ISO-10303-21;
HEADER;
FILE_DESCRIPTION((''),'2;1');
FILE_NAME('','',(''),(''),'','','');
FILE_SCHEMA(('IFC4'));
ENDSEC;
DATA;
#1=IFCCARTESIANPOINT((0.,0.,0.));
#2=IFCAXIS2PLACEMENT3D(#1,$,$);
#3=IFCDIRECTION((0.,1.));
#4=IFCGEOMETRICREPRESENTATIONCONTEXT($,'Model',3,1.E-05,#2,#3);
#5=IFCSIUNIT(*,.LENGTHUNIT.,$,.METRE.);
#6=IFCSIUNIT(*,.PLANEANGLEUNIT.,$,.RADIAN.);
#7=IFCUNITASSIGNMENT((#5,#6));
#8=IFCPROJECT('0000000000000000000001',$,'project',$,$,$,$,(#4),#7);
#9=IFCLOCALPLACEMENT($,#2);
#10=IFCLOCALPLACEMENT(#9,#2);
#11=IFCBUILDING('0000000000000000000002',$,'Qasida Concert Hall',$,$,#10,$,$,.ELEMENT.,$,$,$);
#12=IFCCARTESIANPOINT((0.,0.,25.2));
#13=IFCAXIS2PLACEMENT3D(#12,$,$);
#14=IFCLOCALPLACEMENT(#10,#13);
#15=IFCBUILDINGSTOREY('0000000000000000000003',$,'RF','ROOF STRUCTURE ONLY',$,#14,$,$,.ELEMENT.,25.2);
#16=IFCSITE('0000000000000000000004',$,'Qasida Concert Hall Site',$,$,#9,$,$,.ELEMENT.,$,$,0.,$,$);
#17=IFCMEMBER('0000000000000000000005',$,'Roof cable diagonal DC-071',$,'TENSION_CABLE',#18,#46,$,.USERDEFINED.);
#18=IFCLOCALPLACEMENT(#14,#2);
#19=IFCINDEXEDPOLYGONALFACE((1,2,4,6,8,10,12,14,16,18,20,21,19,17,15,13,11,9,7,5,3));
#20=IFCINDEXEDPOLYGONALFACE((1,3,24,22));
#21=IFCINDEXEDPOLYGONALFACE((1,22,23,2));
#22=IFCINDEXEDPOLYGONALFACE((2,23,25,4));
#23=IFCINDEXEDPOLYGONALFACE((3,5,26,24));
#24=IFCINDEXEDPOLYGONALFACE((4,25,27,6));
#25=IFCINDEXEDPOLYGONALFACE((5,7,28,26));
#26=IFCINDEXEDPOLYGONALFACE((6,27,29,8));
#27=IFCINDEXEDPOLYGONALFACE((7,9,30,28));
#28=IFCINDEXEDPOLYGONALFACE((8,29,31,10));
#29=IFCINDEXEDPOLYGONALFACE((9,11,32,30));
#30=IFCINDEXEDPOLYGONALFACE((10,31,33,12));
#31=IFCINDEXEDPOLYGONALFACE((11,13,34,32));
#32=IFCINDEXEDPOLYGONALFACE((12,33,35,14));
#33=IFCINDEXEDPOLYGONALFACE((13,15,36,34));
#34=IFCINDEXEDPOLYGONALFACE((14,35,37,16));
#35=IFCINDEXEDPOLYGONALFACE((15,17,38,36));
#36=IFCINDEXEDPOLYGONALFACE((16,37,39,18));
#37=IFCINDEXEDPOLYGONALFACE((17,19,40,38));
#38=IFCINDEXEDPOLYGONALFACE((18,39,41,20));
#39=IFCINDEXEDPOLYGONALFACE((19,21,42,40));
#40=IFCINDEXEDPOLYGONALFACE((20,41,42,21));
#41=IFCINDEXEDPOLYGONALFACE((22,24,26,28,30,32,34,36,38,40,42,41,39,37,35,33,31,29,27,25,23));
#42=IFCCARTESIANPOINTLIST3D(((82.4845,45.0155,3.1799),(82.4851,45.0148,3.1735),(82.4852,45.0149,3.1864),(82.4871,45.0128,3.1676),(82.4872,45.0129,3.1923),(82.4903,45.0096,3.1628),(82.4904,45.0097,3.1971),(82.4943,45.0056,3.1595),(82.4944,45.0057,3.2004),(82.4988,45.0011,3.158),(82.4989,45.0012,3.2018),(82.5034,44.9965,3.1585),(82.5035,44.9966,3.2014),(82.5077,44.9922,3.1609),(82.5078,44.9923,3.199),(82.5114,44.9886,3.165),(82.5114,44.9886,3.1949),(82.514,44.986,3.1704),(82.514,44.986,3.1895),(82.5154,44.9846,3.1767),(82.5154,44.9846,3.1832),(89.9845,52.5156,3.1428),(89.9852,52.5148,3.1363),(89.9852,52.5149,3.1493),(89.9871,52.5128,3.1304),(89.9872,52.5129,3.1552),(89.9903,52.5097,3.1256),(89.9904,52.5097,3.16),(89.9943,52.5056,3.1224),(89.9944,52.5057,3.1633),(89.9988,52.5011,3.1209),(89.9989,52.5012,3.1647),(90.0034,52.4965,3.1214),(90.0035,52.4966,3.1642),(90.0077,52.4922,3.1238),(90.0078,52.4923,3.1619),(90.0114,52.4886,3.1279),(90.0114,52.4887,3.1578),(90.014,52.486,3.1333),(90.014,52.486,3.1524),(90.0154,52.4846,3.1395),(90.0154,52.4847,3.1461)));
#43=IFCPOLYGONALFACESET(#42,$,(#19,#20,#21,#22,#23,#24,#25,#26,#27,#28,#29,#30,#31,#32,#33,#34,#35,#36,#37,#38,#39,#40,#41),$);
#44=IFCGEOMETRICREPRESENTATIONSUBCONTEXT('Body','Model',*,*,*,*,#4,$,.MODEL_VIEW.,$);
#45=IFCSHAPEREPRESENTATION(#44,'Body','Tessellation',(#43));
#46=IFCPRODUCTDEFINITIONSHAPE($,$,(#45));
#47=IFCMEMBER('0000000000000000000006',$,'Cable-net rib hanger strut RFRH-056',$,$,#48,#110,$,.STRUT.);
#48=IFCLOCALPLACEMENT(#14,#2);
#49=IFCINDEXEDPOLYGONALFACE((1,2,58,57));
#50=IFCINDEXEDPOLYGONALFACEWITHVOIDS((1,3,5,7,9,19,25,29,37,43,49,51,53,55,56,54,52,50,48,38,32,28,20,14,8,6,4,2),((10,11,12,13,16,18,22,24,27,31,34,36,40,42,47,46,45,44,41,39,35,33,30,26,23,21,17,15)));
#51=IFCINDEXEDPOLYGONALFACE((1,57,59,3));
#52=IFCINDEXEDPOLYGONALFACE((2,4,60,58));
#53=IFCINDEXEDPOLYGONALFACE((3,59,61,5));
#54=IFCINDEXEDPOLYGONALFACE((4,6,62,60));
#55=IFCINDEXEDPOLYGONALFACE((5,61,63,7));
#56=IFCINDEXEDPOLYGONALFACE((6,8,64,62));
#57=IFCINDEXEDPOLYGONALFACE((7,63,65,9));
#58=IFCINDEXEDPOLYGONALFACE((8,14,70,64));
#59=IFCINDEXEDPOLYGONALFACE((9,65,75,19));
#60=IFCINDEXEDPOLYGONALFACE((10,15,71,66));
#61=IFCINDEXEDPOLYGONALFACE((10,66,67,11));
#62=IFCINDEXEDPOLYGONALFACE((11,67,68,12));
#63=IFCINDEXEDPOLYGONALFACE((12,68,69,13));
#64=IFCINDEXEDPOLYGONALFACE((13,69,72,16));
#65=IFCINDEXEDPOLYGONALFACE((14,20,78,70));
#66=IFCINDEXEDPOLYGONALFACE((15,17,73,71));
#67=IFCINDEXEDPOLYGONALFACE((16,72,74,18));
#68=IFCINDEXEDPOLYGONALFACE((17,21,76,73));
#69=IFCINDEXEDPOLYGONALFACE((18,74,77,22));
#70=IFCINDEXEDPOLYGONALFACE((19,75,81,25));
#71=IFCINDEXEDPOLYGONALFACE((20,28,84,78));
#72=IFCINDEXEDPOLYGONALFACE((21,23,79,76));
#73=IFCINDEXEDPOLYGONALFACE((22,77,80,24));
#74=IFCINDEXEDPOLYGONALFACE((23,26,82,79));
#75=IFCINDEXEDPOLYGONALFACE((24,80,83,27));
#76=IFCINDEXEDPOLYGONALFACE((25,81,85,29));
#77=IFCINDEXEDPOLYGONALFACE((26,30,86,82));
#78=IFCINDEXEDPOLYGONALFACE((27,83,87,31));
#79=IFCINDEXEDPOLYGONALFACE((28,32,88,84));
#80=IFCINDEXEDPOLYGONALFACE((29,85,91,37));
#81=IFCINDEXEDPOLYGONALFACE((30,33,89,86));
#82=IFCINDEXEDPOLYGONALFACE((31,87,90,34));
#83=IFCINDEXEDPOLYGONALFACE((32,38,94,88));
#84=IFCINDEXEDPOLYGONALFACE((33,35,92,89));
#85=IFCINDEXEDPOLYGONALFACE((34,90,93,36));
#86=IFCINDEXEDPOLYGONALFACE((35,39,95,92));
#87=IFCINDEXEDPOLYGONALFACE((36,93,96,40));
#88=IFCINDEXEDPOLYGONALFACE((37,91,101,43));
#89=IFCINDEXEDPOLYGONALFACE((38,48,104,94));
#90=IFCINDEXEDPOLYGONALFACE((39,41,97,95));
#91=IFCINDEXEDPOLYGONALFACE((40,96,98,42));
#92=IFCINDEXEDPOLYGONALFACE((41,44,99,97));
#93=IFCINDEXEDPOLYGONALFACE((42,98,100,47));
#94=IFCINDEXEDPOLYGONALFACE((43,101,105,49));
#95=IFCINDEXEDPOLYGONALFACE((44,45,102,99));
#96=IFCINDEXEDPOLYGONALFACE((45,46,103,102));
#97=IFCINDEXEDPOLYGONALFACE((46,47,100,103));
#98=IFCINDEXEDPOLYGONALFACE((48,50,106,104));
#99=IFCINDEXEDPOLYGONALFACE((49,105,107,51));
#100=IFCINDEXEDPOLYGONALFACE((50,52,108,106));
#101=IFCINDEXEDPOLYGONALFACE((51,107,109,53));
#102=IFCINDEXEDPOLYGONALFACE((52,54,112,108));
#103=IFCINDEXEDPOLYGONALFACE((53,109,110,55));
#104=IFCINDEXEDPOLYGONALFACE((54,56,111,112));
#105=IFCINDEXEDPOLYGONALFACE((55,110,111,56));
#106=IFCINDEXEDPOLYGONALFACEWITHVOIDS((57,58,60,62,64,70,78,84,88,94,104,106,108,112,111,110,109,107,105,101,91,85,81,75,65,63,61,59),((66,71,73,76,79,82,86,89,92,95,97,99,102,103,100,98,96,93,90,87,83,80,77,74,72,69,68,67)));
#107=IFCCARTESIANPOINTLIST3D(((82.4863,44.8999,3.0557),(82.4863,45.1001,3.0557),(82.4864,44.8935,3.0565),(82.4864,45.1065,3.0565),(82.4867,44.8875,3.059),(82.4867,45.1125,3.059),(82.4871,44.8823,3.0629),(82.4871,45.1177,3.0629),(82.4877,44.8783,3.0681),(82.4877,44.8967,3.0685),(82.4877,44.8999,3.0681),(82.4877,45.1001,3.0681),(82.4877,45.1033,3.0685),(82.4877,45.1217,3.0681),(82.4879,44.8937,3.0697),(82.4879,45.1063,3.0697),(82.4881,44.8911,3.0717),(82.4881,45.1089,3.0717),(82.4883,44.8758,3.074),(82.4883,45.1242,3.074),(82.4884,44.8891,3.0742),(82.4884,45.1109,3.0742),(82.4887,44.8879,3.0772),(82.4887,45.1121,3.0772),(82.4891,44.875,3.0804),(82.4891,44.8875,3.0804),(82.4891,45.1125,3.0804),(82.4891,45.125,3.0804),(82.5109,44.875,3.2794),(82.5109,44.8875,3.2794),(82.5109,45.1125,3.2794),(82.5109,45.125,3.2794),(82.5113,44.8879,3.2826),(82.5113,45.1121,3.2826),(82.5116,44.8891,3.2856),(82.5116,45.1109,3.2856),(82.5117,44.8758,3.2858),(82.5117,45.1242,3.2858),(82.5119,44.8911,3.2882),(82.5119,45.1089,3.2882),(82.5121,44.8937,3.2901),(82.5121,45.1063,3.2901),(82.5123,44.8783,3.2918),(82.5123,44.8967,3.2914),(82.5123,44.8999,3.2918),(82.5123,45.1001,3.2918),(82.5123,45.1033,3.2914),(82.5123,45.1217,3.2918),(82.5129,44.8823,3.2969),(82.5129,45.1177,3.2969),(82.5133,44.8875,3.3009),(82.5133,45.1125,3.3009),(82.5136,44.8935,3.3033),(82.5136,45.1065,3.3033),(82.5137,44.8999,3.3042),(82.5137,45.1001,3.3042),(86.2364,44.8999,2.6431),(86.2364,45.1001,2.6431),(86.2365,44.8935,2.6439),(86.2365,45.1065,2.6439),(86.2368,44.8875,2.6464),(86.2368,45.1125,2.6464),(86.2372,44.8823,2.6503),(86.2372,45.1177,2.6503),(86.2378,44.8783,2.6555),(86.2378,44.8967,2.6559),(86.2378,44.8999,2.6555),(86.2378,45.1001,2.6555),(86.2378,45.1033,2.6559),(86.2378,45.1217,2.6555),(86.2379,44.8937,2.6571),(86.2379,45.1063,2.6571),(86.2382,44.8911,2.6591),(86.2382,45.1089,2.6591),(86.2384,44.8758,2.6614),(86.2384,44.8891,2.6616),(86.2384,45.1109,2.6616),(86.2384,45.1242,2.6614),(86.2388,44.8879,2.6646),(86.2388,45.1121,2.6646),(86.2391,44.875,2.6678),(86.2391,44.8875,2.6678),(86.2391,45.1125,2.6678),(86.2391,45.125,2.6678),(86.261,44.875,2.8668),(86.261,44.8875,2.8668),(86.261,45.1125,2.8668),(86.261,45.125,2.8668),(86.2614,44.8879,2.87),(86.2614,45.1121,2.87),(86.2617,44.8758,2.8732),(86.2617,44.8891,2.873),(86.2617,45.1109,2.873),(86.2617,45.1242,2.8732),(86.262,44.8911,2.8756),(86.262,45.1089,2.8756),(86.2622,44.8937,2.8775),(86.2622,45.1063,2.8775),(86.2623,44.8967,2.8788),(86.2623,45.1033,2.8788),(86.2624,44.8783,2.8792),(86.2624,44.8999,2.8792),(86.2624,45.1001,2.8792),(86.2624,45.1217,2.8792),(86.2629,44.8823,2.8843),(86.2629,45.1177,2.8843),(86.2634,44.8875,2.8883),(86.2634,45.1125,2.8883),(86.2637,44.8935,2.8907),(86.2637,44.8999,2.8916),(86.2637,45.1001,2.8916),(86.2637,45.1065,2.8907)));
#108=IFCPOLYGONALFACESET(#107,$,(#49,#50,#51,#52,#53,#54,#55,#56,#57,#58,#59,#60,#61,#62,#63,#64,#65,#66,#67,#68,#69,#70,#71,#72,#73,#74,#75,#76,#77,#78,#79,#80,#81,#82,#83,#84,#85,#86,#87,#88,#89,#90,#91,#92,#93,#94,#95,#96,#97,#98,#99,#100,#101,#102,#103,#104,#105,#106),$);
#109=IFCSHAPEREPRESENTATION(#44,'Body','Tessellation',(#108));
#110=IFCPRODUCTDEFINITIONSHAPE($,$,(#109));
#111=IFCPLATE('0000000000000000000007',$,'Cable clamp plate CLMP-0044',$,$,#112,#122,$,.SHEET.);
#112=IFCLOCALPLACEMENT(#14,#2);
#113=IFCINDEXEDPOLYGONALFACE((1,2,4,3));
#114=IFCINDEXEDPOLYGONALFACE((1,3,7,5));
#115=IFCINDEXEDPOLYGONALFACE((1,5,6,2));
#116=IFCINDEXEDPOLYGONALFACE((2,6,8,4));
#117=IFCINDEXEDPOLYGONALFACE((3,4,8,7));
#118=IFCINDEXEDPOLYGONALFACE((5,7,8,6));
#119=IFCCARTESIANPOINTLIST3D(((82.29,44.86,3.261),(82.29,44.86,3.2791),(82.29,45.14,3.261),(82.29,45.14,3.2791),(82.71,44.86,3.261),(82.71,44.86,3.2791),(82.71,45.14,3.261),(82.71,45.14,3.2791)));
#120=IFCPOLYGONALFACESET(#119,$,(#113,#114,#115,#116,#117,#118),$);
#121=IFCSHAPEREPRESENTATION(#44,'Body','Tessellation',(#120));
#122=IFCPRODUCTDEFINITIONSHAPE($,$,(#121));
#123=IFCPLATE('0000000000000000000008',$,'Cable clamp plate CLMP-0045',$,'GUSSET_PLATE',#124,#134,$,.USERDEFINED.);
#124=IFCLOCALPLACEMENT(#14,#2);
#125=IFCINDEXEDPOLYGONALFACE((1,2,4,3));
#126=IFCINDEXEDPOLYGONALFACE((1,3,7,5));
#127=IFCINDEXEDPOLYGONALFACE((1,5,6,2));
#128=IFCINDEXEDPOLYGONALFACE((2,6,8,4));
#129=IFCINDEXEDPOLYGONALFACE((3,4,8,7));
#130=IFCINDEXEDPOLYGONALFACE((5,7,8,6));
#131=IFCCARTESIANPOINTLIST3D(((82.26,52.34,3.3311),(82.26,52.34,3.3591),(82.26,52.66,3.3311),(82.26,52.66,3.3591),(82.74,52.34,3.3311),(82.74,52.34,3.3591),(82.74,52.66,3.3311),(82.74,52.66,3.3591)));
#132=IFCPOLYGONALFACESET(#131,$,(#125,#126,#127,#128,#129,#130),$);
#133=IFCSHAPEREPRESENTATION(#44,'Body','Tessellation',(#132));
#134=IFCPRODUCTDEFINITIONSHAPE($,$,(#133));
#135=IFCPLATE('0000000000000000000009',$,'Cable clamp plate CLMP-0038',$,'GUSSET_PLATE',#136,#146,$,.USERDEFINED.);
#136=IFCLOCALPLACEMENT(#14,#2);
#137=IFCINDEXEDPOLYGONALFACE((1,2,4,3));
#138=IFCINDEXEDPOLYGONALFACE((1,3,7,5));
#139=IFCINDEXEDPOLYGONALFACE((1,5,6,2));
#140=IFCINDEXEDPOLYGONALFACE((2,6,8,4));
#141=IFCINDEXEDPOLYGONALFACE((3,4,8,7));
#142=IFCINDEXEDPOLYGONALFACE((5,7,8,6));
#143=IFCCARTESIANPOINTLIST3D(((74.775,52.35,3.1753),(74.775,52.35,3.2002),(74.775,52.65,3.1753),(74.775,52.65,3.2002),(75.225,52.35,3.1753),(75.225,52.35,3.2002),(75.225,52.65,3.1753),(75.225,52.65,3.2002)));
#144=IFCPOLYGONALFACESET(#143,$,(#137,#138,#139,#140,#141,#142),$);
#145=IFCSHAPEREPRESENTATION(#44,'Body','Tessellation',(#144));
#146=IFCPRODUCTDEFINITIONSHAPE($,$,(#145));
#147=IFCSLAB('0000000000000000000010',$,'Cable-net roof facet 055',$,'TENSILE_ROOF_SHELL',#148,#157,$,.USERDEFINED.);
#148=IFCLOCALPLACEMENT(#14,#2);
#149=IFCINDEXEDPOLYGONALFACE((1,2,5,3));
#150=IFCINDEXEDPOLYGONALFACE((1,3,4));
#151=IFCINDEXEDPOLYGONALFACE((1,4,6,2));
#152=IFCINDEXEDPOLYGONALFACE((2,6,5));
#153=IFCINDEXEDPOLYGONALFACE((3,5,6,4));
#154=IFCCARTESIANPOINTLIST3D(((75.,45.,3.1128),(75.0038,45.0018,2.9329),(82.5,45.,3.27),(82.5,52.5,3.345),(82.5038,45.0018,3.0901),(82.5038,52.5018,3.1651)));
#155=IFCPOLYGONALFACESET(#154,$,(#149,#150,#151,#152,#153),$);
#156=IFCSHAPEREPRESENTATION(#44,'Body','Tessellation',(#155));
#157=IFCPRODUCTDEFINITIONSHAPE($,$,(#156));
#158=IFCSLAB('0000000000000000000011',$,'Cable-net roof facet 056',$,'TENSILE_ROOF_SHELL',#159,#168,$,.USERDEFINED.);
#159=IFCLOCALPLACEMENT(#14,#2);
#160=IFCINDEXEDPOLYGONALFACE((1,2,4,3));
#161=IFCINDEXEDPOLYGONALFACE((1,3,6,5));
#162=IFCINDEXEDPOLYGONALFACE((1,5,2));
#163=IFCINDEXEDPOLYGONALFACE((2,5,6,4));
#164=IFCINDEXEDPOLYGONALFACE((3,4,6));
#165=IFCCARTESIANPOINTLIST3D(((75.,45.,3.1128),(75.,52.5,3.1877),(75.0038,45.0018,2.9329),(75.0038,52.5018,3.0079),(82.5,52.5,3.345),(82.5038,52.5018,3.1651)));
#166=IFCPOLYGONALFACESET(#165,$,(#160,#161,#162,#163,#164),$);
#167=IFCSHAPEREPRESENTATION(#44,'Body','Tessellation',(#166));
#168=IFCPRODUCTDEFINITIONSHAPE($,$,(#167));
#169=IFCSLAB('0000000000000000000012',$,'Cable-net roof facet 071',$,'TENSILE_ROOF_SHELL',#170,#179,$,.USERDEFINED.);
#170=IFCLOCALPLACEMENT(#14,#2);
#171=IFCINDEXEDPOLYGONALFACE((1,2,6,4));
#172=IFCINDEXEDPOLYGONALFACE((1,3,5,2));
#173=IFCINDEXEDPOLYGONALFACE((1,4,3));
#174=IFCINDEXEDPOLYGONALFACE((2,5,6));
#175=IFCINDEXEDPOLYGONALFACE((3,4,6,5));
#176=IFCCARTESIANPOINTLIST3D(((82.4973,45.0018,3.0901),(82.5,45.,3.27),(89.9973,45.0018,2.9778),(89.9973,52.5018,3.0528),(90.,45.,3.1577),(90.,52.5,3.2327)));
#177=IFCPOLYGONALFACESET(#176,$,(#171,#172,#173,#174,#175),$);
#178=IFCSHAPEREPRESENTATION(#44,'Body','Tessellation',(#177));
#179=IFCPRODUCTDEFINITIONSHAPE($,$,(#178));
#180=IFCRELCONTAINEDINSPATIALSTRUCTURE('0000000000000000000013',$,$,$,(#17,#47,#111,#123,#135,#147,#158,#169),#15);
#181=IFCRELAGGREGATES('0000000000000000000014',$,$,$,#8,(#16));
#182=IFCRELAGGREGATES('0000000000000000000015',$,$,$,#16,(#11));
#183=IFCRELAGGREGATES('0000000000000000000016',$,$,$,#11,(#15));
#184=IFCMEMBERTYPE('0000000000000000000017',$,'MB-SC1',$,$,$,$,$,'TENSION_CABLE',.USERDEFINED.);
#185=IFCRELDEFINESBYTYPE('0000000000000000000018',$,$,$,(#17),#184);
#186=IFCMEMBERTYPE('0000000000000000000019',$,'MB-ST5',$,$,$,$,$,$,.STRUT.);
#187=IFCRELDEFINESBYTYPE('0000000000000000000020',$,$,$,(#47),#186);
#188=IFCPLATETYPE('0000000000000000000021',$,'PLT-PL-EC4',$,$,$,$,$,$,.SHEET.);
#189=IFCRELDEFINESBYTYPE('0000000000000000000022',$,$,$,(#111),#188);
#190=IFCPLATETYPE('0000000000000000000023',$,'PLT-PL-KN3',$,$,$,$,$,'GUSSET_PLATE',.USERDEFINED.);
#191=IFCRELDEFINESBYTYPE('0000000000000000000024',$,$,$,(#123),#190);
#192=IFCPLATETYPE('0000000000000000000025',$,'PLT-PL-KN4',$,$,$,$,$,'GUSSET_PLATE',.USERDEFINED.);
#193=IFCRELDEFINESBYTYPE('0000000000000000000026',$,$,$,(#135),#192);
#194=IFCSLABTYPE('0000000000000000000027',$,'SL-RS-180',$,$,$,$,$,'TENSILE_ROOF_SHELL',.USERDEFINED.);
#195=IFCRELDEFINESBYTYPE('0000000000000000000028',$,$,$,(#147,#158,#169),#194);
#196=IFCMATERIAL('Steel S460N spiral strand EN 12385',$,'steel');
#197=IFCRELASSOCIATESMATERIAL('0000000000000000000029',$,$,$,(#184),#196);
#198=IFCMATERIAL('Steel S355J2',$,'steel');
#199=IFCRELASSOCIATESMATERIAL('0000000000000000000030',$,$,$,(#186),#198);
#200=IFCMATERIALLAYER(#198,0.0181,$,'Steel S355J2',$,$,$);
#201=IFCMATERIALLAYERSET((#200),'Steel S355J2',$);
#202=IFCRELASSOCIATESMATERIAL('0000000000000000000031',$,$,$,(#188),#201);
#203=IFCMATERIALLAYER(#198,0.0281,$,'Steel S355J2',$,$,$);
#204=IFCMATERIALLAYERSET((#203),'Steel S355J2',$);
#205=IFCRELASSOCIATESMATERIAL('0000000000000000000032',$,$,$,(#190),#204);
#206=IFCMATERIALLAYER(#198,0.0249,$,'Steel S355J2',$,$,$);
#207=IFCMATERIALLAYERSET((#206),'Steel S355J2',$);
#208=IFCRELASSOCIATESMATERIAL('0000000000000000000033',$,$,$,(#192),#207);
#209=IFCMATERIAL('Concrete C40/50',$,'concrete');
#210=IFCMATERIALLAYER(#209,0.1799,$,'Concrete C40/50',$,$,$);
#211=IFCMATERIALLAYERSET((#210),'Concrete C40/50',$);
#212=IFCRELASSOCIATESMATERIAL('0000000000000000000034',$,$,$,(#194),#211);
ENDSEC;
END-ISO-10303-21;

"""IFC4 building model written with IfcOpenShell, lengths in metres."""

from ifc_helpers import new_model, si_unit, direction, frame, origin, origin_2d, place, context, subcontext, project, spatial, polyline, rectangle, hollow_rectangle, circle, outline, extrude, material, layer, layer_set, material_profile, profile_set, type_object, element, save


model = new_model("IFC4")

# Units and contexts
model_context = context("Model", 3, precision=1e-05, world=origin(), true_north=direction((0.0, 1.0)))
body_context = subcontext(model_context, "Body", "Model", "MODEL_VIEW")
ifc_project = project(units=[si_unit("LENGTHUNIT", "METRE"), si_unit("PLANEANGLEUNIT", "RADIAN")], contexts=[model_context])

# Site, building, storey
site_placement = place(None, origin())
site = spatial("IfcSite", under=ifc_project, at=site_placement, Name="Qasida Concert Hall Site", CompositionType="ELEMENT", RefElevation=0.0)
building_placement = place(site_placement, origin())
building = spatial("IfcBuilding", under=site, at=building_placement, Name="Qasida Concert Hall", CompositionType="ELEMENT")
storey_placement = place(building_placement, frame((0.0, 0.0, 25.2)))
storey = spatial("IfcBuildingStorey", under=building, at=storey_placement, Name="RF", Description="ROOF STRUCTURE ONLY", CompositionType="ELEMENT", Elevation=25.2)

# Members
ifc_material_1 = material(Name="Steel S460N spiral strand EN 12385", Category="steel")
ifc_material_2 = material(Name="Steel S355J2", Category="steel")
ifc_material_profile_1 = material_profile(ifc_material_1, circle(Radius=0.022, at=origin_2d()), Name="STRAND D44")
ifc_profile_set_1 = profile_set([ifc_material_profile_1], Name="Steel S460N spiral strand EN 12385")
member_type_1 = type_object("IfcMemberType", Name="MB-SC1", ElementType="TENSION_CABLE", PredefinedType="USERDEFINED", material=ifc_profile_set_1)
member_1_placement = place(storey_placement, frame((82.5, 45.0, 3.1799), z_axis=(0.707102, 0.707102, -0.003499), x_axis=(-0.707107, 0.707107, 0.0)))
element("IfcMember", 1, at=member_1_placement, inside=storey, type_object=member_type_1, Name="Roof cable diagonal DC-071", ObjectType="TENSION_CABLE", PredefinedType="USERDEFINED", context=body_context, shape_type="SweptSolid", body=[
    extrude(circle(Radius=0.022, at=origin_2d()), origin(), (0.0, 0.0, 1.0), 10.6067),
])
ifc_material_profile_2 = material_profile(ifc_material_2, hollow_rectangle(XDim=0.25, YDim=0.25, WallThickness=0.0125, InnerFilletRadius=0.0125, OuterFilletRadius=0.0249, at=origin_2d()), Name="SHS 250x250x12.5")
ifc_profile_set_2 = profile_set([ifc_material_profile_2], Name="Steel S355J2")
member_type_2 = type_object("IfcMemberType", Name="MB-ST5", PredefinedType="STRUT", material=ifc_profile_set_2)
member_2_placement = place(storey_placement, frame((82.5, 45.0, 3.1799), z_axis=(0.994002, 0.0, -0.109366), x_axis=(0.0, 1.0, 0.0)))
element("IfcMember", 2, at=member_2_placement, inside=storey, type_object=member_type_2, Name="Cable-net rib hanger strut RFRH-056", PredefinedType="STRUT", context=body_context, shape_type="SweptSolid", body=[
    extrude(hollow_rectangle(XDim=0.25, YDim=0.25, WallThickness=0.0125, InnerFilletRadius=0.0125, OuterFilletRadius=0.0249, at=origin_2d()), origin(), (0.0, 0.0, 1.0), 3.7727),
])

# Plates
ifc_layer_1 = layer(ifc_material_2, 0.0181, Name="Steel S355J2")
ifc_layer_set_1 = layer_set([ifc_layer_1], Name="Steel S355J2")
plate_type_1 = type_object("IfcPlateType", Name="PLT-PL-EC4", PredefinedType="SHEET", material=ifc_layer_set_1)
plate_1_placement = place(storey_placement, frame((82.5, 45.0, 3.261), z_axis=(0.0, 0.0, 1.0), x_axis=(1.0, 0.0, 0.0)))
element("IfcPlate", 3, at=plate_1_placement, inside=storey, type_object=plate_type_1, Name="Cable clamp plate CLMP-0044", PredefinedType="SHEET", context=body_context, shape_type="SweptSolid", body=[
    extrude(rectangle(XDim=0.4199, YDim=0.28, at=origin_2d()), origin(), (0.0, 0.0, 1.0), 0.0181),
])
ifc_layer_2 = layer(ifc_material_2, 0.0281, Name="Steel S355J2")
ifc_layer_set_2 = layer_set([ifc_layer_2], Name="Steel S355J2")
plate_type_2 = type_object("IfcPlateType", Name="PLT-PL-KN3", ElementType="GUSSET_PLATE", PredefinedType="USERDEFINED", material=ifc_layer_set_2)
plate_2_placement = place(storey_placement, frame((82.5, 52.5, 3.3311), z_axis=(0.0, 0.0, 1.0), x_axis=(1.0, 0.0, 0.0)))
element("IfcPlate", 4, at=plate_2_placement, inside=storey, type_object=plate_type_2, Name="Cable clamp plate CLMP-0045", ObjectType="GUSSET_PLATE", PredefinedType="USERDEFINED", context=body_context, shape_type="SweptSolid", body=[
    extrude(rectangle(XDim=0.48, YDim=0.3201, at=origin_2d()), origin(), (0.0, 0.0, 1.0), 0.0281),
])
ifc_layer_3 = layer(ifc_material_2, 0.0249, Name="Steel S355J2")
ifc_layer_set_3 = layer_set([ifc_layer_3], Name="Steel S355J2")
plate_type_3 = type_object("IfcPlateType", Name="PLT-PL-KN4", ElementType="GUSSET_PLATE", PredefinedType="USERDEFINED", material=ifc_layer_set_3)
plate_3_placement = place(storey_placement, frame((75.0, 52.5, 3.1753), z_axis=(0.0, 0.0, 1.0), x_axis=(1.0, 0.0, 0.0)))
element("IfcPlate", 5, at=plate_3_placement, inside=storey, type_object=plate_type_3, Name="Cable clamp plate CLMP-0038", ObjectType="GUSSET_PLATE", PredefinedType="USERDEFINED", context=body_context, shape_type="SweptSolid", body=[
    extrude(rectangle(XDim=0.45, YDim=0.3, at=origin_2d()), origin(), (0.0, 0.0, 1.0), 0.0249),
])

# Slabs
ifc_material_3 = material(Name="Concrete C40/50", Category="concrete")
ifc_layer_4 = layer(ifc_material_3, 0.1799, Name="Concrete C40/50")
ifc_layer_set_4 = layer_set([ifc_layer_4], Name="Concrete C40/50")
slab_type = type_object("IfcSlabType", Name="SL-RS-180", ElementType="TENSILE_ROOF_SHELL", PredefinedType="USERDEFINED", material=ifc_layer_set_4)
slab_1_placement = place(storey_placement, frame((75.0, 45.0, 3.1128), z_axis=(-0.020958, -0.009991, 0.99973), x_axis=(0.99978, 0.0, 0.020959)))
element("IfcSlab", 6, at=slab_1_placement, inside=storey, type_object=slab_type, Name="Cable-net roof facet 055", ObjectType="TENSILE_ROOF_SHELL", PredefinedType="USERDEFINED", context=body_context, shape_type="SweptSolid", body=[
    extrude(outline(polyline([(0.0, 0.0), (7.5016, 0.0), (7.5032, 7.5004), (0.0, 0.0)])), origin(), (0.0, 0.0, -1.0), 0.1799),
])
slab_2_placement = place(storey_placement, frame((75.0, 45.0, 3.1128), z_axis=(-0.020958, -0.009991, 0.99973), x_axis=(0.706937, 0.706937, 0.021885)))
element("IfcSlab", 7, at=slab_2_placement, inside=storey, type_object=slab_type, Name="Cable-net roof facet 056", ObjectType="TENSILE_ROOF_SHELL", PredefinedType="USERDEFINED", context=body_context, shape_type="SweptSolid", body=[
    extrude(outline(polyline([(0.0, 0.0), (10.6091, 0.0), (5.3037, 5.3035), (0.0, 0.0)])), origin(), (0.0, 0.0, -1.0), 0.1799),
])
slab_3_placement = place(storey_placement, frame((82.5, 45.0, 3.27), z_axis=(0.014972, -0.009992, 0.999838), x_axis=(0.999888, 0.0, -0.014972)))
element("IfcSlab", 8, at=slab_3_placement, inside=storey, type_object=slab_type, Name="Cable-net roof facet 071", ObjectType="TENSILE_ROOF_SHELL", PredefinedType="USERDEFINED", context=body_context, shape_type="SweptSolid", body=[
    extrude(outline(polyline([(0.0, 0.0), (7.5008, 0.0), (7.4997, 7.5004), (0.0, 0.0)])), origin(), (0.0, 0.0, -1.0), 0.1799),
])

save(model, "model.ifc")
